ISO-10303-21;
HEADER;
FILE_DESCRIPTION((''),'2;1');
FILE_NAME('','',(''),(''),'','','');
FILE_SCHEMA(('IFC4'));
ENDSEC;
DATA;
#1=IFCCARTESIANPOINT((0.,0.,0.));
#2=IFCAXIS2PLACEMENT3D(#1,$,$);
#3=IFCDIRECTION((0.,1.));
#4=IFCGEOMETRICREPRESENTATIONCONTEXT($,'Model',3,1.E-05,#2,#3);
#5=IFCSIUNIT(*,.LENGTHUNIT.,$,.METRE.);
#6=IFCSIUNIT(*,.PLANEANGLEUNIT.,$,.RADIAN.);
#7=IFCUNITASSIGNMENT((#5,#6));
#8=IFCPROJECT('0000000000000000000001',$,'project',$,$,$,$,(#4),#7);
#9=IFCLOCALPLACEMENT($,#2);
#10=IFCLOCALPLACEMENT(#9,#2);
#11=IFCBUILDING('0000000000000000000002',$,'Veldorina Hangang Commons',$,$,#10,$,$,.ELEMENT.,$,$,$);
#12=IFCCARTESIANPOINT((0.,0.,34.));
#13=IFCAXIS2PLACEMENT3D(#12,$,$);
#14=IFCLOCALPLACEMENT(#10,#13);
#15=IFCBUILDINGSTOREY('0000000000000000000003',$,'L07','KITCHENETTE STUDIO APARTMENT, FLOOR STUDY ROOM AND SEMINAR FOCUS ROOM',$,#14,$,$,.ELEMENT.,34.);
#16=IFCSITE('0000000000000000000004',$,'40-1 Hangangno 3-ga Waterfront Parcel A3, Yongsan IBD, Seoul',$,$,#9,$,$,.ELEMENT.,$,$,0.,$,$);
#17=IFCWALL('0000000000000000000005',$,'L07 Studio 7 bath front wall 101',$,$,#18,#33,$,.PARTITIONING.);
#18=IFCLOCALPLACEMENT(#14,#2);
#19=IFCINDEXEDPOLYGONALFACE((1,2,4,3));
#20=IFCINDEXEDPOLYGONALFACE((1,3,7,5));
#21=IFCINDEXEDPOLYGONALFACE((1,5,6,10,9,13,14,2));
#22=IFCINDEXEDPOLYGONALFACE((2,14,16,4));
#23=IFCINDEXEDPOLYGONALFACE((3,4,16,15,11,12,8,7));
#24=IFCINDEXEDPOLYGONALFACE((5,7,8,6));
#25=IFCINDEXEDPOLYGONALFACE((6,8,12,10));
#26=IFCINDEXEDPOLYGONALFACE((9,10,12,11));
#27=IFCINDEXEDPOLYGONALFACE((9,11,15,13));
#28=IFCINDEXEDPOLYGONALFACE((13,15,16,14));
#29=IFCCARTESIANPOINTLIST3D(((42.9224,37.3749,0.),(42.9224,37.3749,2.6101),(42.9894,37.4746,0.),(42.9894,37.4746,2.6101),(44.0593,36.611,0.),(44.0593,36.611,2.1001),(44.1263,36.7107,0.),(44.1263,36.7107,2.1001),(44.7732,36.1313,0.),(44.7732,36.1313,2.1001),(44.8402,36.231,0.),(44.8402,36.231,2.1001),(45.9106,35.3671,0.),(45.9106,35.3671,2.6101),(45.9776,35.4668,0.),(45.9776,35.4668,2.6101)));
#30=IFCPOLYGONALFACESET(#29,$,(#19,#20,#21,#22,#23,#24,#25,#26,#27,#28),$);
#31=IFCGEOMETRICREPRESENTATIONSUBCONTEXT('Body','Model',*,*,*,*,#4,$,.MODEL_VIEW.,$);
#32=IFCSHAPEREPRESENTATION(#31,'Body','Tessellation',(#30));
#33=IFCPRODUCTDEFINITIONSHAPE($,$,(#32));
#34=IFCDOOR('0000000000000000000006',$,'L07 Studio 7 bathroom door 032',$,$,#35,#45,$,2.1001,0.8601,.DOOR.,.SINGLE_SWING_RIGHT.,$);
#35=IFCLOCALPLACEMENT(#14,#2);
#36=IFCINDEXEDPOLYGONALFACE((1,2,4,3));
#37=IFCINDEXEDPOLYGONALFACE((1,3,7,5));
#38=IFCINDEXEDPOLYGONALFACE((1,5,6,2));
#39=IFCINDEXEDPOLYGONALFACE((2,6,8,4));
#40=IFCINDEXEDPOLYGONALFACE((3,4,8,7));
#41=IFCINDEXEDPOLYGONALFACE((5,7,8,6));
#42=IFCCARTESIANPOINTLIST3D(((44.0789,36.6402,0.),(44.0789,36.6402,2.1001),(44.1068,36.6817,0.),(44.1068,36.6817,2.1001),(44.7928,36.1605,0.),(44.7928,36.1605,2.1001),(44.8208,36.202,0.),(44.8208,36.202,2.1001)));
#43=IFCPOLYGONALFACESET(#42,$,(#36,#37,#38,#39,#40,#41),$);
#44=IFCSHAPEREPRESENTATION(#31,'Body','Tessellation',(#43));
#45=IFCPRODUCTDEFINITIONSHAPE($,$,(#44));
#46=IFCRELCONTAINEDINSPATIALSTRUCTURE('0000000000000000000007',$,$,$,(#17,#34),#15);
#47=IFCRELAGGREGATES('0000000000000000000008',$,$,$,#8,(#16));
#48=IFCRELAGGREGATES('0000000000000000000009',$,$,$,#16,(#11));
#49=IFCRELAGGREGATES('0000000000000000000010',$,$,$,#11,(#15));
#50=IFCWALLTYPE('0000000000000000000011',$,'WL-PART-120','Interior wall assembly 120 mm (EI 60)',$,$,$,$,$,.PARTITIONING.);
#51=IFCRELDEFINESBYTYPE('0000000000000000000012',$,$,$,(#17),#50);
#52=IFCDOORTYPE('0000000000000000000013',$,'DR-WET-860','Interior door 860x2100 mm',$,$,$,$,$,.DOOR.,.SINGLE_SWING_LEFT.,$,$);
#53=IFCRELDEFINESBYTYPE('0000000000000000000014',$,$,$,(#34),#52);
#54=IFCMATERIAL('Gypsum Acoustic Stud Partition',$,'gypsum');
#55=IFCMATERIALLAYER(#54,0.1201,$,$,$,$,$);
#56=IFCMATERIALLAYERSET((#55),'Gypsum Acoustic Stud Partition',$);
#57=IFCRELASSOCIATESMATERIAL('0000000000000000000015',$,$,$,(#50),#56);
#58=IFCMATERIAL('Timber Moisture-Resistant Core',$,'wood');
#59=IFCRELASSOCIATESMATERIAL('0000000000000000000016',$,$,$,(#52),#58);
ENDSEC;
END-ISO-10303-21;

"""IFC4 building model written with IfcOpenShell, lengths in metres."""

from ifc_helpers import new_model, si_unit, direction, frame, frame_2d, origin, place, context, subcontext, project, spatial, rectangle, extrude, material, layer, layer_set, type_object, element, fill, save


model = new_model("IFC4")

# Units and contexts
model_context = context("Model", 3, precision=1e-05, world=origin(), true_north=direction((0.0, 1.0)))
body_context = subcontext(model_context, "Body", "Model", "MODEL_VIEW")
ifc_project = project(units=[si_unit("LENGTHUNIT", "METRE"), si_unit("PLANEANGLEUNIT", "RADIAN")], contexts=[model_context])

# Site, building, storey
site_placement = place(None, origin())
site = spatial("IfcSite", under=ifc_project, at=site_placement, Name="40-1 Hangangno 3-ga Waterfront Parcel A3, Yongsan IBD, Seoul", CompositionType="ELEMENT", RefElevation=0.0)
building_placement = place(site_placement, origin())
building = spatial("IfcBuilding", under=site, at=building_placement, Name="Veldorina Hangang Commons", CompositionType="ELEMENT")
storey_placement = place(building_placement, frame((0.0, 0.0, 34.0)))
storey = spatial("IfcBuildingStorey", under=building, at=storey_placement, Name="L07", Description="KITCHENETTE STUDIO APARTMENT, FLOOR STUDY ROOM AND SEMINAR FOCUS ROOM", CompositionType="ELEMENT", Elevation=34.0)

# Shared definitions
ifc_material_1 = material(Name="Gypsum Acoustic Stud Partition", Category="gypsum")
ifc_layer_1 = layer(ifc_material_1, 0.1201)
ifc_layer_set_1 = layer_set([ifc_layer_1], Name="Gypsum Acoustic Stud Partition")
wall_type_1 = type_object("IfcWallType", Name="WL-PART-120", Description="Interior wall assembly 120 mm (EI 60)", PredefinedType="PARTITIONING", material=ifc_layer_set_1)

# Wall, opening, door
wall_1_placement = place(storey_placement, frame((45.9441, 35.417, 0.0), z_axis=(0.0, 0.0, 1.0), x_axis=(-0.830042, 0.557701, 0.0)))
wall_1 = element("IfcWall", 1, at=wall_1_placement, inside=storey, type_object=wall_type_1, Name="L07 Studio 7 bath front wall 101", PredefinedType="PARTITIONING", context=body_context, shape_type="SweptSolid", body=[
    extrude(rectangle(XDim=3.6001, YDim=0.1201, at=frame_2d((1.8, 0.0))), origin(), (0.0, 0.0, 1.0), 2.6101),
])
opening_1_placement = place(wall_1_placement, frame((1.3701, 0.0, 0.0)))
opening_1 = element("IfcOpeningElement", 2, at=opening_1_placement, cuts=wall_1, PredefinedType="OPENING", context=body_context, shape_type="SweptSolid", body=[
    extrude(rectangle(XDim=0.8601, YDim=2.1001, at=frame_2d((0.4302, 1.05))), frame((0.0, 0.0701, 0.0), z_axis=(0.0, -1.0, 0.0), x_axis=(1.0, 0.0, 0.0)), (0.0, 0.0, 1.0), 0.1401),
])
ifc_material_2 = material(Name="Timber Moisture-Resistant Core", Category="wood")
door_type = type_object("IfcDoorType", Name="DR-WET-860", Description="Interior door 860x2100 mm", OperationType="SINGLE_SWING_LEFT", PredefinedType="DOOR", material=ifc_material_2)
door_placement = place(opening_1_placement, origin())
door = element("IfcDoor", 3, at=door_placement, inside=storey, type_object=door_type, Name="L07 Studio 7 bathroom door 032", OperationType="SINGLE_SWING_RIGHT", OverallHeight=2.1001, OverallWidth=0.8601, PredefinedType="DOOR", context=body_context, shape_type="SweptSolid", body=[
    extrude(rectangle(XDim=0.8601, YDim=2.1001, at=frame_2d((0.4302, 1.05))), frame((0.0, 0.0249, 0.0), z_axis=(0.0, -1.0, 0.0), x_axis=(1.0, 0.0, 0.0)), (0.0, 0.0, 1.0), 0.05),
])
fill(opening_1, door)

save(model, "model.ifc")
